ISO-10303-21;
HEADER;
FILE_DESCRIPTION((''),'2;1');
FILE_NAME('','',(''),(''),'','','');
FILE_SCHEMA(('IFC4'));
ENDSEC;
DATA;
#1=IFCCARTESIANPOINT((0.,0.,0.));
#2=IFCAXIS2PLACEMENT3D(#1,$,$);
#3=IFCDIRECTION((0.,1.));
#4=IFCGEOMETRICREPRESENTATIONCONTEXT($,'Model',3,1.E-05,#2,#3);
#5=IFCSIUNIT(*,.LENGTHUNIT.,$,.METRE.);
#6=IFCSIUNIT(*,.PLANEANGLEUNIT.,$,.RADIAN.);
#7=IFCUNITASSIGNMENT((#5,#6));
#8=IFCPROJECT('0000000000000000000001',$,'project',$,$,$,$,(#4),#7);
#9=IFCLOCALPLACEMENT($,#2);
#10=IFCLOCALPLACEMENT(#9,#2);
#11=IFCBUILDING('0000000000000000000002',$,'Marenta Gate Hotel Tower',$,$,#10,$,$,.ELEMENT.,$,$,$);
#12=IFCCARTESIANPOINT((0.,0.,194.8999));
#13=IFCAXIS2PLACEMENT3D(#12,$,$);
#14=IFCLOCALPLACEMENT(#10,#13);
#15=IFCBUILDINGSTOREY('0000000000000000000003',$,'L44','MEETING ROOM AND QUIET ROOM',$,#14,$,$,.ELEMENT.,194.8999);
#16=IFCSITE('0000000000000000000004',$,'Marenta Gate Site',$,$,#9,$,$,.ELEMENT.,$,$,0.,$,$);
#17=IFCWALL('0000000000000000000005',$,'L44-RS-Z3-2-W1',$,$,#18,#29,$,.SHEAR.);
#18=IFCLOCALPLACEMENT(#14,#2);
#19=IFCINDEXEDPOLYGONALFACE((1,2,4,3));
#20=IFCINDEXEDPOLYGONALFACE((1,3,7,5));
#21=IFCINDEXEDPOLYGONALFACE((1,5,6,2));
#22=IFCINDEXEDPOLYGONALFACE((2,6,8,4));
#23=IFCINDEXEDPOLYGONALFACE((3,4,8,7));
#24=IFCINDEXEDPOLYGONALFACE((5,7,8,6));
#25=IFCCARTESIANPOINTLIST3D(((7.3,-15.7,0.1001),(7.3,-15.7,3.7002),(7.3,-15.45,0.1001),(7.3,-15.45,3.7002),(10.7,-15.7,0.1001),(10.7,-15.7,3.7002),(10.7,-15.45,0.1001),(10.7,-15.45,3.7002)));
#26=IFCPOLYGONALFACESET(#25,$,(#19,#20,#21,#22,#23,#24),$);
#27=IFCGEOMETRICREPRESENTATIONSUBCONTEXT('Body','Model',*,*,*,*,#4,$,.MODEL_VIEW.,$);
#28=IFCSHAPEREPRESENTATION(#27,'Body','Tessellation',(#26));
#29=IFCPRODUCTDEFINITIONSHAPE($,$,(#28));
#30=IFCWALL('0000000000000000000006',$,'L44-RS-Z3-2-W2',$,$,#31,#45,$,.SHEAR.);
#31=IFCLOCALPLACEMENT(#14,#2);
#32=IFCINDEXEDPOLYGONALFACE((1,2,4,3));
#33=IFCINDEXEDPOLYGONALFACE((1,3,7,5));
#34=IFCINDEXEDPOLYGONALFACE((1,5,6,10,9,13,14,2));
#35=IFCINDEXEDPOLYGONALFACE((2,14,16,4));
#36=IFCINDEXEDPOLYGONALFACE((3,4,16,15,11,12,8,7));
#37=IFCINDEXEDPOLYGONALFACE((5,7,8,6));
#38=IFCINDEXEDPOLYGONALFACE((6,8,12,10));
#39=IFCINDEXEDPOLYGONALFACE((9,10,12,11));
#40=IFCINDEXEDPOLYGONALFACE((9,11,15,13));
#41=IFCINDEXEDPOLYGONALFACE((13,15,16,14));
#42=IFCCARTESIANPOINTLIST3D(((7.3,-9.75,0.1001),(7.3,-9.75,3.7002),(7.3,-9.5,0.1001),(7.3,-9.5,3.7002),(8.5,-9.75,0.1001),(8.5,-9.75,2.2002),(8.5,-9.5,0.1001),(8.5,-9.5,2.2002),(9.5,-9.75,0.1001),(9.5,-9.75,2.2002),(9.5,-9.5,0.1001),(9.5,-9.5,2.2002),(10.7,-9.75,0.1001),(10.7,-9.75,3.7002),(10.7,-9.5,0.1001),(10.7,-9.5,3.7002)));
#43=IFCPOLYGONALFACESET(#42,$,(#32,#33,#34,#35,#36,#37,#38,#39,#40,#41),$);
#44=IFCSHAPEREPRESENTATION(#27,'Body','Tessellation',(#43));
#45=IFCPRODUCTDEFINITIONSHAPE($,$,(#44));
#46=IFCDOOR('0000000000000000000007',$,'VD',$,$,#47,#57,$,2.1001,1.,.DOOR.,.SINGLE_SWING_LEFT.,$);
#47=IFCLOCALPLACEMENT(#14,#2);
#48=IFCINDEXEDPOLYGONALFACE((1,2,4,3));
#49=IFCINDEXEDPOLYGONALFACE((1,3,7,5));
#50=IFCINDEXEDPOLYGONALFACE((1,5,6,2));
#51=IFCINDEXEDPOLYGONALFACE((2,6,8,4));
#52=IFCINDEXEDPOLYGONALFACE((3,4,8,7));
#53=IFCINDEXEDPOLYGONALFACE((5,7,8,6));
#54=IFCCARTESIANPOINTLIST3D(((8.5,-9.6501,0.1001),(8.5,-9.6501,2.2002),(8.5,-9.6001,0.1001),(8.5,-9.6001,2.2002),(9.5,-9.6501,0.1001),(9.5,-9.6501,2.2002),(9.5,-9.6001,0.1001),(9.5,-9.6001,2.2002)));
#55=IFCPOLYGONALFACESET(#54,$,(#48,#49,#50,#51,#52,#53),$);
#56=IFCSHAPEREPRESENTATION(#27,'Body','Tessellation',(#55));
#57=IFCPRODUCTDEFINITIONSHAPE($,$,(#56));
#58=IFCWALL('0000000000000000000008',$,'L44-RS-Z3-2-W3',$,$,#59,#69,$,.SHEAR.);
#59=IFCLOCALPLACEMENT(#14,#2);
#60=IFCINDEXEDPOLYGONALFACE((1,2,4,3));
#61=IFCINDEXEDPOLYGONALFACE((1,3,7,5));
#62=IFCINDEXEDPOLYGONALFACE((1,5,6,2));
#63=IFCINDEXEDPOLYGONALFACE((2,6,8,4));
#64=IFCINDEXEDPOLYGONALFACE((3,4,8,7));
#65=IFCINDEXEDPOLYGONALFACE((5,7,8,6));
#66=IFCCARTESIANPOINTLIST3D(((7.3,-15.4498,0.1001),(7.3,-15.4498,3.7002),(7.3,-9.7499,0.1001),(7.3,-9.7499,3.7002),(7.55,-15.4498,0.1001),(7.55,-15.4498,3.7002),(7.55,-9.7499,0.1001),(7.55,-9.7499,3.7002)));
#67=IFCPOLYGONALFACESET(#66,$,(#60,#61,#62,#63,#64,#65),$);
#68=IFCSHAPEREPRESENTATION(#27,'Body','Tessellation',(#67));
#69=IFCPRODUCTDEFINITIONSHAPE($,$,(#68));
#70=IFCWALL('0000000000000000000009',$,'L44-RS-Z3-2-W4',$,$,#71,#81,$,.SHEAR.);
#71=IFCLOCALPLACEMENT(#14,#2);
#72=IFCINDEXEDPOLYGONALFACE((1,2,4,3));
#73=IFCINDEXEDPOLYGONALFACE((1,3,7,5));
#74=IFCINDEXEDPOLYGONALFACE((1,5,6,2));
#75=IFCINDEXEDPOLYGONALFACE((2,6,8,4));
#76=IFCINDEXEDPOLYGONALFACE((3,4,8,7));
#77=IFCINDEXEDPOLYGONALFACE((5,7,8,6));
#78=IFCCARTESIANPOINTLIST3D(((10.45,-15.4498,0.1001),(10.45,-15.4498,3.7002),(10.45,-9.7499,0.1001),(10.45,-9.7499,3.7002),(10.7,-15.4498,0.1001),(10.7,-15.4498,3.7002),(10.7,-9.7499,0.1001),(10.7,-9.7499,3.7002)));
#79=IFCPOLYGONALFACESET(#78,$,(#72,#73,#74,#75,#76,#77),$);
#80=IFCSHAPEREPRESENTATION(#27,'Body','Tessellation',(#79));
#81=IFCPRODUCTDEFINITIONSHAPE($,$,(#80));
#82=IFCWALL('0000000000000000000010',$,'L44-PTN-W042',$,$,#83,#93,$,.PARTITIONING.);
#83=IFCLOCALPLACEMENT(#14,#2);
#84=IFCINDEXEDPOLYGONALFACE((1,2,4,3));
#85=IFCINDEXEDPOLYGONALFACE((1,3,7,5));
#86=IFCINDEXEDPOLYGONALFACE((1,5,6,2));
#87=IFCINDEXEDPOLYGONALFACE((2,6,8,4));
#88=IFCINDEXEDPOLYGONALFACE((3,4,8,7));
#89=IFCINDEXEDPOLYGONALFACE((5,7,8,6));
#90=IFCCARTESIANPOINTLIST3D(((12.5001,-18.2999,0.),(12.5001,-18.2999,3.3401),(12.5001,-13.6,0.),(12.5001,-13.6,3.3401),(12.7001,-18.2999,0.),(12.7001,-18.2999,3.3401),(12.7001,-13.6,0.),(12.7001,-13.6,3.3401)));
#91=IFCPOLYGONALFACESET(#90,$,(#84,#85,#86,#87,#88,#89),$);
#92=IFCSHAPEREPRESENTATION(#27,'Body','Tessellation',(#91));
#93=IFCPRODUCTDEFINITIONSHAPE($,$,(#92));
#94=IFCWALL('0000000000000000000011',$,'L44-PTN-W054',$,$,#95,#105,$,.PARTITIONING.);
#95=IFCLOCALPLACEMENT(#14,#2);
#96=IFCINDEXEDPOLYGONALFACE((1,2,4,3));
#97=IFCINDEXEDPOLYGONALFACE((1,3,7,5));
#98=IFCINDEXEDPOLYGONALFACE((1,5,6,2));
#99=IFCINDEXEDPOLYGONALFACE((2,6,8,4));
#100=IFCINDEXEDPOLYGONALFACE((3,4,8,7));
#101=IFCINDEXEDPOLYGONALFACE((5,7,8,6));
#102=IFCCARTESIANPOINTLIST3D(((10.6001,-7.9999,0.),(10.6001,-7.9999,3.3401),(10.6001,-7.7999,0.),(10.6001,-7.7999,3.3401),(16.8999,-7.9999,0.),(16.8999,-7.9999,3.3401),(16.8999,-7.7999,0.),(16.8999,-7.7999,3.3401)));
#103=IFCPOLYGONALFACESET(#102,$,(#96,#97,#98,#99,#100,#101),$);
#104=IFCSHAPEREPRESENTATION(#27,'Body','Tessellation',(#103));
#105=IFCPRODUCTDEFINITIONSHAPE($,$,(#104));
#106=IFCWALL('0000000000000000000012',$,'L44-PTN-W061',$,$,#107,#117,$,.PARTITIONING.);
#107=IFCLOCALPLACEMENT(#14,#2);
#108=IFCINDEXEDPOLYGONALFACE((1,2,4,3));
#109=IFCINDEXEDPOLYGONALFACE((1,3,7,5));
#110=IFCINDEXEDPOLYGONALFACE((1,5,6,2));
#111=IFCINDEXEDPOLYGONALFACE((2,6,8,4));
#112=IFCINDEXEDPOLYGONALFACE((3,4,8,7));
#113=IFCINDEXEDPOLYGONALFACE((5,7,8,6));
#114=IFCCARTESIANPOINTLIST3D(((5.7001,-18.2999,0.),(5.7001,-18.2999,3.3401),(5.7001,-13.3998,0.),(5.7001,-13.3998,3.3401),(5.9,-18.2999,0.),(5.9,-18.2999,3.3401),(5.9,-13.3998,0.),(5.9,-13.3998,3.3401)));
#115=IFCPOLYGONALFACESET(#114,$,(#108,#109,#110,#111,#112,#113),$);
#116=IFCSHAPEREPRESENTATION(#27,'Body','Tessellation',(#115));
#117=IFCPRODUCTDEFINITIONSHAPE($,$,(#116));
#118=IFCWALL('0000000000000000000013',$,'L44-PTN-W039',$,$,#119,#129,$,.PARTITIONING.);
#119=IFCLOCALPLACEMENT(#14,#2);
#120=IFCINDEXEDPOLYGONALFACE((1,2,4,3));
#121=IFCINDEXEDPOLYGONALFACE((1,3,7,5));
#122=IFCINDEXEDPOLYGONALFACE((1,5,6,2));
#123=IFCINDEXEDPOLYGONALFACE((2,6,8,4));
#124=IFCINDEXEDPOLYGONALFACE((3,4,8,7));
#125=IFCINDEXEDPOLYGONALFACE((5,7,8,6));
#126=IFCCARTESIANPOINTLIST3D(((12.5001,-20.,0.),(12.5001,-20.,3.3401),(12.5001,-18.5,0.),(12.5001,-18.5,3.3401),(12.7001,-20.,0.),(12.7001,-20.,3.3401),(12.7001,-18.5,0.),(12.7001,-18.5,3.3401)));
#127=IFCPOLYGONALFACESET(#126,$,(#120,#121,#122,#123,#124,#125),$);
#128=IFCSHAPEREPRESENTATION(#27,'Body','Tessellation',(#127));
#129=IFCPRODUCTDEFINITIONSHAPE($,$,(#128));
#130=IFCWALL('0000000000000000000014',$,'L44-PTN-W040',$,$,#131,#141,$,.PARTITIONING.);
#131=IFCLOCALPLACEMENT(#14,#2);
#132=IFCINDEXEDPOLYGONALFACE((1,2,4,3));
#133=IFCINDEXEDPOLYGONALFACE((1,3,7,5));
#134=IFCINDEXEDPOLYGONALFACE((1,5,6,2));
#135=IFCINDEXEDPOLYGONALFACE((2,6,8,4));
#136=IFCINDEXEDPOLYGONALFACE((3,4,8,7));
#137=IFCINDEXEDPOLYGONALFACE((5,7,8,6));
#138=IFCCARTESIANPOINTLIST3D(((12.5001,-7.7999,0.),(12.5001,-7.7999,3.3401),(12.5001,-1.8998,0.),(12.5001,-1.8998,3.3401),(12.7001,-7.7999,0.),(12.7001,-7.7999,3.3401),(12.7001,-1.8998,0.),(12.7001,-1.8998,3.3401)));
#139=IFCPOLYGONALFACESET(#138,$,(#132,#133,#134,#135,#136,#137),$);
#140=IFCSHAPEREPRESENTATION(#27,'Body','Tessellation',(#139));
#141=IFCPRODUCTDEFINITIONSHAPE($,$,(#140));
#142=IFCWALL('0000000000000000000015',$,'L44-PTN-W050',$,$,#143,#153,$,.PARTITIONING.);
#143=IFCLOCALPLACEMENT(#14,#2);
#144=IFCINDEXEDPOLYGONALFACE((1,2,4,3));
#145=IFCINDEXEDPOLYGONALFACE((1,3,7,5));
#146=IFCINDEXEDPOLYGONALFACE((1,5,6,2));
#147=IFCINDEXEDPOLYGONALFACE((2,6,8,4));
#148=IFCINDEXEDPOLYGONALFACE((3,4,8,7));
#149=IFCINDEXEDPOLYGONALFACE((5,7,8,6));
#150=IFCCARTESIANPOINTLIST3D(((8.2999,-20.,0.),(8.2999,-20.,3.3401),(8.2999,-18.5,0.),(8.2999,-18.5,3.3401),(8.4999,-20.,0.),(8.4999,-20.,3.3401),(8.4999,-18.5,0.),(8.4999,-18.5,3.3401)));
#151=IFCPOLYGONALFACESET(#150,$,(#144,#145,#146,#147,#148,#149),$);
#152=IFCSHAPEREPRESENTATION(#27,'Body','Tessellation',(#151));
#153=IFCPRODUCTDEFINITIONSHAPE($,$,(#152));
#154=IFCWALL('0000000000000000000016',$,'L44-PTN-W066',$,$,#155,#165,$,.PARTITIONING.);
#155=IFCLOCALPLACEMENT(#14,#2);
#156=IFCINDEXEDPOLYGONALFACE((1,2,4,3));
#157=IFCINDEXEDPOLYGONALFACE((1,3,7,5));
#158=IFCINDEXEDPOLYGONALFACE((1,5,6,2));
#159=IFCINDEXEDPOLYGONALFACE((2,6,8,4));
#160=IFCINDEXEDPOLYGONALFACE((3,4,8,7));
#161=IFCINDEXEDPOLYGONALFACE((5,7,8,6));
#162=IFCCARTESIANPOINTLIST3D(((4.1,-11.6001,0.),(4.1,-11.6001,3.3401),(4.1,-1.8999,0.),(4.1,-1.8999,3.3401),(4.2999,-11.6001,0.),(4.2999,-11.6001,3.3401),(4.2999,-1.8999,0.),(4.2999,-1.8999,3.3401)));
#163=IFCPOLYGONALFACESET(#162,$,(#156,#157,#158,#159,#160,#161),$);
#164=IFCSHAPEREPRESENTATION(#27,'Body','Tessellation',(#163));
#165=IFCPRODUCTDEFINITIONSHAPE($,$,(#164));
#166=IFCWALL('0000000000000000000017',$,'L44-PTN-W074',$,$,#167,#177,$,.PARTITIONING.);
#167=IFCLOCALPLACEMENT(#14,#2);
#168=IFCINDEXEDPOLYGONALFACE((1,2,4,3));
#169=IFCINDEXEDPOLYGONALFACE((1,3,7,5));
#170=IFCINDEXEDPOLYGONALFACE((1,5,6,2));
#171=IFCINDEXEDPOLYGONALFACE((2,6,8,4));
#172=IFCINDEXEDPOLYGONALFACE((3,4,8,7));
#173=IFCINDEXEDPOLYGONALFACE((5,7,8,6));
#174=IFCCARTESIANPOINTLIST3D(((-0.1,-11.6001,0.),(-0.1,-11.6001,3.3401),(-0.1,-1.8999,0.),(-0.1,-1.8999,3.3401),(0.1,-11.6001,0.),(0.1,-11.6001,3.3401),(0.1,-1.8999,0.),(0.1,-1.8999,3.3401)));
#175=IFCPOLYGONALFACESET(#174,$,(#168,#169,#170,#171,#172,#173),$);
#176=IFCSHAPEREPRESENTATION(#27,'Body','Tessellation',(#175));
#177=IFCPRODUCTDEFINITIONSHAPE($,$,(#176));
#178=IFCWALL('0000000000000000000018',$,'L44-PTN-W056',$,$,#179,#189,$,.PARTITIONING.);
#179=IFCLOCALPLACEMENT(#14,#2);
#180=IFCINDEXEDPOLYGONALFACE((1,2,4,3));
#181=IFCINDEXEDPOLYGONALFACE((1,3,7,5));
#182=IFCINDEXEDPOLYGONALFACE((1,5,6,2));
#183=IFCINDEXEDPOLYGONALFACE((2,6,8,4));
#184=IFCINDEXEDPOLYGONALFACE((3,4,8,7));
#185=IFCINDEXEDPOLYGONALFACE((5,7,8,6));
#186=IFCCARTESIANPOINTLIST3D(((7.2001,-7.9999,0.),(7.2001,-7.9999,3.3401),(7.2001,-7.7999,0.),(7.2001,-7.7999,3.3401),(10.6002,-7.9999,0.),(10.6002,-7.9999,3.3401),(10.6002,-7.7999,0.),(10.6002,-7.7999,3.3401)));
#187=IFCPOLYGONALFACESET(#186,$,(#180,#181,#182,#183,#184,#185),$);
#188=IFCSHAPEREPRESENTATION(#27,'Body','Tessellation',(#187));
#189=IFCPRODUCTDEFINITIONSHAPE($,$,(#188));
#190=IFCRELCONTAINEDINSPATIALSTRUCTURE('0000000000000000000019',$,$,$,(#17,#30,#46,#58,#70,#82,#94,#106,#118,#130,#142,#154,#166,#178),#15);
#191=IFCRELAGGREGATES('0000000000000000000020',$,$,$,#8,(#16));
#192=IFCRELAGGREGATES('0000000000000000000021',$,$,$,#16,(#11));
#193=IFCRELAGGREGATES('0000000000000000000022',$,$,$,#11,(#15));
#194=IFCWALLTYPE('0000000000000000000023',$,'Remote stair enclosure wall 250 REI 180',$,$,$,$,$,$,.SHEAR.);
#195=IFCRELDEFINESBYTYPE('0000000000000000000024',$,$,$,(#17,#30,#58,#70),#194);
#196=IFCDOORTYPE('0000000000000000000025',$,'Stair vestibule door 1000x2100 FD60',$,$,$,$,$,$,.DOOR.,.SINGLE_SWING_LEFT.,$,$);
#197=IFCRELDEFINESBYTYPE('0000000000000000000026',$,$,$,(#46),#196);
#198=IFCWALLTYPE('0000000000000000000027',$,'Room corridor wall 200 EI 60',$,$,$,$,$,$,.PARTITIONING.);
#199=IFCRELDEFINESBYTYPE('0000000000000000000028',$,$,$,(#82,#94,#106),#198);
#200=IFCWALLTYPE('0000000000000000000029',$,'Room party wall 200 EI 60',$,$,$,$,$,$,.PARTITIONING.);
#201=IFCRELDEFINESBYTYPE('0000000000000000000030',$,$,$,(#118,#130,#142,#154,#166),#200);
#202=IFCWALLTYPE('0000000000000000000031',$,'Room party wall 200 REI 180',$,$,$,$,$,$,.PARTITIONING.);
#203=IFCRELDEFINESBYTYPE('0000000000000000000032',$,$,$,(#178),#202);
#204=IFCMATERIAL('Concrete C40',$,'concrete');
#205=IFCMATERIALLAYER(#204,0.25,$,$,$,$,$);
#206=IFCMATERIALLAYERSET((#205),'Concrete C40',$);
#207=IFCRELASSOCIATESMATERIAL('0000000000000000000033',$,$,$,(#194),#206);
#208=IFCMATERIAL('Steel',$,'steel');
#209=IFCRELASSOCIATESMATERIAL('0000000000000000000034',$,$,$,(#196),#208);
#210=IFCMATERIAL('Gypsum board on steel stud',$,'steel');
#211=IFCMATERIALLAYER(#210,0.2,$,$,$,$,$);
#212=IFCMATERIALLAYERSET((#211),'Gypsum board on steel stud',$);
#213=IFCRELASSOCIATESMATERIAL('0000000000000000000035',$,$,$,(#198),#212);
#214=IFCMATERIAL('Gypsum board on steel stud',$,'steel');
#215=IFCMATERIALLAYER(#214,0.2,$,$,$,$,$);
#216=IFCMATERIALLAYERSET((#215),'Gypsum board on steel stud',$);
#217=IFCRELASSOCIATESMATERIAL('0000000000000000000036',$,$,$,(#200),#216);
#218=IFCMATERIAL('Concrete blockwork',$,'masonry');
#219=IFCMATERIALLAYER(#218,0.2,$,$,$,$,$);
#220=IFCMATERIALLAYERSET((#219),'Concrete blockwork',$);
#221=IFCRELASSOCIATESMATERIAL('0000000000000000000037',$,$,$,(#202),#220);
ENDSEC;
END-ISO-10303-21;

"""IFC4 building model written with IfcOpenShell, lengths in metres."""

from ifc_helpers import new_model, si_unit, direction, frame, frame_2d, origin, place, context, subcontext, project, spatial, rectangle, extrude, material, layer, layer_set, type_object, element, fill, save


model = new_model("IFC4")

# Units and contexts
model_context = context("Model", 3, precision=1e-05, world=origin(), true_north=direction((0.0, 1.0)))
body_context = subcontext(model_context, "Body", "Model", "MODEL_VIEW")
ifc_project = project(units=[si_unit("LENGTHUNIT", "METRE"), si_unit("PLANEANGLEUNIT", "RADIAN")], contexts=[model_context])

# Site, building, storey
site_placement = place(None, origin())
site = spatial("IfcSite", under=ifc_project, at=site_placement, Name="Marenta Gate Site", CompositionType="ELEMENT", RefElevation=0.0)
building_placement = place(site_placement, origin())
building = spatial("IfcBuilding", under=site, at=building_placement, Name="Marenta Gate Hotel Tower", CompositionType="ELEMENT")
storey_placement = place(building_placement, frame((0.0, 0.0, 194.8999)))
storey = spatial("IfcBuildingStorey", under=building, at=storey_placement, Name="L44", Description="MEETING ROOM AND QUIET ROOM", CompositionType="ELEMENT", Elevation=194.8999)

# Wall
ifc_material_1 = material(Name="Concrete C40", Category="concrete")
ifc_layer_1 = layer(ifc_material_1, 0.25)
ifc_layer_set_1 = layer_set([ifc_layer_1], Name="Concrete C40")
wall_type_1 = type_object("IfcWallType", Name="Remote stair enclosure wall 250 REI 180", PredefinedType="SHEAR", material=ifc_layer_set_1)
wall_1_placement = place(storey_placement, frame((7.3, -15.575, 0.1001), z_axis=(0.0, 0.0, 1.0), x_axis=(1.0, 0.0, 0.0)))
element("IfcWall", 1, at=wall_1_placement, inside=storey, type_object=wall_type_1, Name="L44-RS-Z3-2-W1", PredefinedType="SHEAR", context=body_context, shape_type="SweptSolid", body=[
    extrude(rectangle(XDim=3.3999, YDim=0.25, at=frame_2d((1.7, 0.0))), origin(), (0.0, 0.0, 1.0), 3.6001),
])

# Wall, opening, door
wall_2_placement = place(storey_placement, frame((7.3, -9.625, 0.1001), z_axis=(0.0, 0.0, 1.0), x_axis=(1.0, 0.0, 0.0)))
wall_2 = element("IfcWall", 2, at=wall_2_placement, inside=storey, type_object=wall_type_1, Name="L44-RS-Z3-2-W2", PredefinedType="SHEAR", context=body_context, shape_type="SweptSolid", body=[
    extrude(rectangle(XDim=3.3999, YDim=0.25, at=frame_2d((1.7, 0.0))), origin(), (0.0, 0.0, 1.0), 3.6001),
])
opening_1_placement = place(wall_2_placement, frame((1.2, 0.0, 0.0)))
opening_1 = element("IfcOpeningElement", 3, at=opening_1_placement, cuts=wall_2, PredefinedType="OPENING", context=body_context, shape_type="SweptSolid", body=[
    extrude(rectangle(XDim=1.0, YDim=2.1001, at=frame_2d((0.5, 1.05))), frame((0.0, 0.125, 0.0), z_axis=(0.0, -1.0, 0.0), x_axis=(1.0, 0.0, 0.0)), (0.0, 0.0, 1.0), 0.25),
])
ifc_material_2 = material(Name="Steel", Category="steel")
door_type_1 = type_object("IfcDoorType", Name="Stair vestibule door 1000x2100 FD60", OperationType="SINGLE_SWING_LEFT", PredefinedType="DOOR", material=ifc_material_2)
door_1_placement = place(opening_1_placement, origin())
door_1 = element("IfcDoor", 4, at=door_1_placement, inside=storey, type_object=door_type_1, Name="VD", OperationType="SINGLE_SWING_LEFT", OverallHeight=2.1001, OverallWidth=1.0, PredefinedType="DOOR", context=body_context, shape_type="SweptSolid", body=[
    extrude(rectangle(XDim=1.0, YDim=2.1001, at=frame_2d((0.5, 1.05))), frame((0.0, 0.0249, 0.0), z_axis=(0.0, -1.0, 0.0), x_axis=(1.0, 0.0, 0.0)), (0.0, 0.0, 1.0), 0.05),
])
fill(opening_1, door_1)

# Walls
for number, where, z_axis, x_axis, name in (
    (5, (7.425, -15.45, 0.1001), (0.0, 0.0, 1.0), (0.0, 1.0, 0.0), "L44-RS-Z3-2-W3"),
    (6, (10.575, -15.45, 0.1001), (0.0, 0.0, 1.0), (0.0, 1.0, 0.0), "L44-RS-Z3-2-W4"),
):
    element("IfcWall", number, at=place(storey_placement, frame(where, z_axis=z_axis, x_axis=x_axis)), inside=storey, type_object=wall_type_1, Name=name, PredefinedType="SHEAR", context=body_context, shape_type="SweptSolid", body=[
        extrude(rectangle(XDim=5.7, YDim=0.25, at=frame_2d((2.8501, 0.0))), origin(), (0.0, 0.0, 1.0), 3.6001),
    ])

# Shared definitions
ifc_material_3 = material(Name="Gypsum board on steel stud", Category="steel")
ifc_layer_2 = layer(ifc_material_3, 0.2)
ifc_layer_set_2 = layer_set([ifc_layer_2], Name="Gypsum board on steel stud")
wall_type_2 = type_object("IfcWallType", Name="Room corridor wall 200 EI 60", PredefinedType="PARTITIONING", material=ifc_layer_set_2)

# Walls
wall_3_placement = place(storey_placement, frame((12.6001, -18.3, 0.0), z_axis=(0.0, 0.0, 1.0), x_axis=(0.0, 1.0, 0.0)))
element("IfcWall", 7, at=wall_3_placement, inside=storey, type_object=wall_type_2, Name="L44-PTN-W042", PredefinedType="PARTITIONING", context=body_context, shape_type="SweptSolid", body=[
    extrude(rectangle(XDim=4.7, YDim=0.2, at=frame_2d((2.3501, 0.0))), origin(), (0.0, 0.0, 1.0), 3.3401),
])
wall_4_placement = place(storey_placement, frame((10.6001, -7.8999, 0.0), z_axis=(0.0, 0.0, 1.0), x_axis=(1.0, 0.0, 0.0)))
element("IfcWall", 8, at=wall_4_placement, inside=storey, type_object=wall_type_2, Name="L44-PTN-W054", PredefinedType="PARTITIONING", context=body_context, shape_type="SweptSolid", body=[
    extrude(rectangle(XDim=6.2998, YDim=0.2, at=frame_2d((3.1499, 0.0))), origin(), (0.0, 0.0, 1.0), 3.3401),
])
wall_5_placement = place(storey_placement, frame((5.8, -18.3, 0.0), z_axis=(0.0, 0.0, 1.0), x_axis=(0.0, 1.0, 0.0)))
element("IfcWall", 9, at=wall_5_placement, inside=storey, type_object=wall_type_2, Name="L44-PTN-W061", PredefinedType="PARTITIONING", context=body_context, shape_type="SweptSolid", body=[
    extrude(rectangle(XDim=4.9001, YDim=0.2, at=frame_2d((2.4502, 0.0))), origin(), (0.0, 0.0, 1.0), 3.3401),
])

# Walls
ifc_material_4 = material(Name="Gypsum board on steel stud", Category="steel")
ifc_layer_3 = layer(ifc_material_4, 0.2)
ifc_layer_set_3 = layer_set([ifc_layer_3], Name="Gypsum board on steel stud")
wall_type_3 = type_object("IfcWallType", Name="Room party wall 200 EI 60", PredefinedType="PARTITIONING", material=ifc_layer_set_3)
wall_6_placement = place(storey_placement, frame((12.6001, -20.0, 0.0), z_axis=(0.0, 0.0, 1.0), x_axis=(0.0, 1.0, 0.0)))
element("IfcWall", 10, at=wall_6_placement, inside=storey, type_object=wall_type_3, Name="L44-PTN-W039", PredefinedType="PARTITIONING", context=body_context, shape_type="SweptSolid", body=[
    extrude(rectangle(XDim=1.5, YDim=0.2, at=frame_2d((0.75, 0.0))), origin(), (0.0, 0.0, 1.0), 3.3401),
])
wall_7_placement = place(storey_placement, frame((12.6001, -7.8, 0.0), z_axis=(0.0, 0.0, 1.0), x_axis=(0.0, 1.0, 0.0)))
element("IfcWall", 11, at=wall_7_placement, inside=storey, type_object=wall_type_3, Name="L44-PTN-W040", PredefinedType="PARTITIONING", context=body_context, shape_type="SweptSolid", body=[
    extrude(rectangle(XDim=5.9001, YDim=0.2, at=frame_2d((2.9502, 0.0))), origin(), (0.0, 0.0, 1.0), 3.3401),
])
wall_8_placement = place(storey_placement, frame((8.3999, -20.0, 0.0), z_axis=(0.0, 0.0, 1.0), x_axis=(0.0, 1.0, 0.0)))
element("IfcWall", 12, at=wall_8_placement, inside=storey, type_object=wall_type_3, Name="L44-PTN-W050", PredefinedType="PARTITIONING", context=body_context, shape_type="SweptSolid", body=[
    extrude(rectangle(XDim=1.5, YDim=0.2, at=frame_2d((0.75, 0.0))), origin(), (0.0, 0.0, 1.0), 3.3401),
])
for number, where, z_axis, x_axis, name in (
    (13, (4.2, -11.6001, 0.0), (0.0, 0.0, 1.0), (0.0, 1.0, 0.0), "L44-PTN-W066"),
    (14, (0.0, -11.6001, 0.0), (0.0, 0.0, 1.0), (0.0, 1.0, 0.0), "L44-PTN-W074"),
):
    element("IfcWall", number, at=place(storey_placement, frame(where, z_axis=z_axis, x_axis=x_axis)), inside=storey, type_object=wall_type_3, Name=name, PredefinedType="PARTITIONING", context=body_context, shape_type="SweptSolid", body=[
        extrude(rectangle(XDim=9.7002, YDim=0.2, at=frame_2d((4.8501, 0.0))), origin(), (0.0, 0.0, 1.0), 3.3401),
    ])
ifc_material_5 = material(Name="Concrete blockwork", Category="masonry")
ifc_layer_4 = layer(ifc_material_5, 0.2)
ifc_layer_set_4 = layer_set([ifc_layer_4], Name="Concrete blockwork")
wall_type_4 = type_object("IfcWallType", Name="Room party wall 200 REI 180", PredefinedType="PARTITIONING", material=ifc_layer_set_4)
wall_9_placement = place(storey_placement, frame((7.2, -7.8999, 0.0), z_axis=(0.0, 0.0, 1.0), x_axis=(1.0, 0.0, 0.0)))
element("IfcWall", 15, at=wall_9_placement, inside=storey, type_object=wall_type_4, Name="L44-PTN-W056", PredefinedType="PARTITIONING", context=body_context, shape_type="SweptSolid", body=[
    extrude(rectangle(XDim=3.4001, YDim=0.2, at=frame_2d((1.7002, 0.0))), origin(), (0.0, 0.0, 1.0), 3.3401),
])

save(model, "model.ifc")
